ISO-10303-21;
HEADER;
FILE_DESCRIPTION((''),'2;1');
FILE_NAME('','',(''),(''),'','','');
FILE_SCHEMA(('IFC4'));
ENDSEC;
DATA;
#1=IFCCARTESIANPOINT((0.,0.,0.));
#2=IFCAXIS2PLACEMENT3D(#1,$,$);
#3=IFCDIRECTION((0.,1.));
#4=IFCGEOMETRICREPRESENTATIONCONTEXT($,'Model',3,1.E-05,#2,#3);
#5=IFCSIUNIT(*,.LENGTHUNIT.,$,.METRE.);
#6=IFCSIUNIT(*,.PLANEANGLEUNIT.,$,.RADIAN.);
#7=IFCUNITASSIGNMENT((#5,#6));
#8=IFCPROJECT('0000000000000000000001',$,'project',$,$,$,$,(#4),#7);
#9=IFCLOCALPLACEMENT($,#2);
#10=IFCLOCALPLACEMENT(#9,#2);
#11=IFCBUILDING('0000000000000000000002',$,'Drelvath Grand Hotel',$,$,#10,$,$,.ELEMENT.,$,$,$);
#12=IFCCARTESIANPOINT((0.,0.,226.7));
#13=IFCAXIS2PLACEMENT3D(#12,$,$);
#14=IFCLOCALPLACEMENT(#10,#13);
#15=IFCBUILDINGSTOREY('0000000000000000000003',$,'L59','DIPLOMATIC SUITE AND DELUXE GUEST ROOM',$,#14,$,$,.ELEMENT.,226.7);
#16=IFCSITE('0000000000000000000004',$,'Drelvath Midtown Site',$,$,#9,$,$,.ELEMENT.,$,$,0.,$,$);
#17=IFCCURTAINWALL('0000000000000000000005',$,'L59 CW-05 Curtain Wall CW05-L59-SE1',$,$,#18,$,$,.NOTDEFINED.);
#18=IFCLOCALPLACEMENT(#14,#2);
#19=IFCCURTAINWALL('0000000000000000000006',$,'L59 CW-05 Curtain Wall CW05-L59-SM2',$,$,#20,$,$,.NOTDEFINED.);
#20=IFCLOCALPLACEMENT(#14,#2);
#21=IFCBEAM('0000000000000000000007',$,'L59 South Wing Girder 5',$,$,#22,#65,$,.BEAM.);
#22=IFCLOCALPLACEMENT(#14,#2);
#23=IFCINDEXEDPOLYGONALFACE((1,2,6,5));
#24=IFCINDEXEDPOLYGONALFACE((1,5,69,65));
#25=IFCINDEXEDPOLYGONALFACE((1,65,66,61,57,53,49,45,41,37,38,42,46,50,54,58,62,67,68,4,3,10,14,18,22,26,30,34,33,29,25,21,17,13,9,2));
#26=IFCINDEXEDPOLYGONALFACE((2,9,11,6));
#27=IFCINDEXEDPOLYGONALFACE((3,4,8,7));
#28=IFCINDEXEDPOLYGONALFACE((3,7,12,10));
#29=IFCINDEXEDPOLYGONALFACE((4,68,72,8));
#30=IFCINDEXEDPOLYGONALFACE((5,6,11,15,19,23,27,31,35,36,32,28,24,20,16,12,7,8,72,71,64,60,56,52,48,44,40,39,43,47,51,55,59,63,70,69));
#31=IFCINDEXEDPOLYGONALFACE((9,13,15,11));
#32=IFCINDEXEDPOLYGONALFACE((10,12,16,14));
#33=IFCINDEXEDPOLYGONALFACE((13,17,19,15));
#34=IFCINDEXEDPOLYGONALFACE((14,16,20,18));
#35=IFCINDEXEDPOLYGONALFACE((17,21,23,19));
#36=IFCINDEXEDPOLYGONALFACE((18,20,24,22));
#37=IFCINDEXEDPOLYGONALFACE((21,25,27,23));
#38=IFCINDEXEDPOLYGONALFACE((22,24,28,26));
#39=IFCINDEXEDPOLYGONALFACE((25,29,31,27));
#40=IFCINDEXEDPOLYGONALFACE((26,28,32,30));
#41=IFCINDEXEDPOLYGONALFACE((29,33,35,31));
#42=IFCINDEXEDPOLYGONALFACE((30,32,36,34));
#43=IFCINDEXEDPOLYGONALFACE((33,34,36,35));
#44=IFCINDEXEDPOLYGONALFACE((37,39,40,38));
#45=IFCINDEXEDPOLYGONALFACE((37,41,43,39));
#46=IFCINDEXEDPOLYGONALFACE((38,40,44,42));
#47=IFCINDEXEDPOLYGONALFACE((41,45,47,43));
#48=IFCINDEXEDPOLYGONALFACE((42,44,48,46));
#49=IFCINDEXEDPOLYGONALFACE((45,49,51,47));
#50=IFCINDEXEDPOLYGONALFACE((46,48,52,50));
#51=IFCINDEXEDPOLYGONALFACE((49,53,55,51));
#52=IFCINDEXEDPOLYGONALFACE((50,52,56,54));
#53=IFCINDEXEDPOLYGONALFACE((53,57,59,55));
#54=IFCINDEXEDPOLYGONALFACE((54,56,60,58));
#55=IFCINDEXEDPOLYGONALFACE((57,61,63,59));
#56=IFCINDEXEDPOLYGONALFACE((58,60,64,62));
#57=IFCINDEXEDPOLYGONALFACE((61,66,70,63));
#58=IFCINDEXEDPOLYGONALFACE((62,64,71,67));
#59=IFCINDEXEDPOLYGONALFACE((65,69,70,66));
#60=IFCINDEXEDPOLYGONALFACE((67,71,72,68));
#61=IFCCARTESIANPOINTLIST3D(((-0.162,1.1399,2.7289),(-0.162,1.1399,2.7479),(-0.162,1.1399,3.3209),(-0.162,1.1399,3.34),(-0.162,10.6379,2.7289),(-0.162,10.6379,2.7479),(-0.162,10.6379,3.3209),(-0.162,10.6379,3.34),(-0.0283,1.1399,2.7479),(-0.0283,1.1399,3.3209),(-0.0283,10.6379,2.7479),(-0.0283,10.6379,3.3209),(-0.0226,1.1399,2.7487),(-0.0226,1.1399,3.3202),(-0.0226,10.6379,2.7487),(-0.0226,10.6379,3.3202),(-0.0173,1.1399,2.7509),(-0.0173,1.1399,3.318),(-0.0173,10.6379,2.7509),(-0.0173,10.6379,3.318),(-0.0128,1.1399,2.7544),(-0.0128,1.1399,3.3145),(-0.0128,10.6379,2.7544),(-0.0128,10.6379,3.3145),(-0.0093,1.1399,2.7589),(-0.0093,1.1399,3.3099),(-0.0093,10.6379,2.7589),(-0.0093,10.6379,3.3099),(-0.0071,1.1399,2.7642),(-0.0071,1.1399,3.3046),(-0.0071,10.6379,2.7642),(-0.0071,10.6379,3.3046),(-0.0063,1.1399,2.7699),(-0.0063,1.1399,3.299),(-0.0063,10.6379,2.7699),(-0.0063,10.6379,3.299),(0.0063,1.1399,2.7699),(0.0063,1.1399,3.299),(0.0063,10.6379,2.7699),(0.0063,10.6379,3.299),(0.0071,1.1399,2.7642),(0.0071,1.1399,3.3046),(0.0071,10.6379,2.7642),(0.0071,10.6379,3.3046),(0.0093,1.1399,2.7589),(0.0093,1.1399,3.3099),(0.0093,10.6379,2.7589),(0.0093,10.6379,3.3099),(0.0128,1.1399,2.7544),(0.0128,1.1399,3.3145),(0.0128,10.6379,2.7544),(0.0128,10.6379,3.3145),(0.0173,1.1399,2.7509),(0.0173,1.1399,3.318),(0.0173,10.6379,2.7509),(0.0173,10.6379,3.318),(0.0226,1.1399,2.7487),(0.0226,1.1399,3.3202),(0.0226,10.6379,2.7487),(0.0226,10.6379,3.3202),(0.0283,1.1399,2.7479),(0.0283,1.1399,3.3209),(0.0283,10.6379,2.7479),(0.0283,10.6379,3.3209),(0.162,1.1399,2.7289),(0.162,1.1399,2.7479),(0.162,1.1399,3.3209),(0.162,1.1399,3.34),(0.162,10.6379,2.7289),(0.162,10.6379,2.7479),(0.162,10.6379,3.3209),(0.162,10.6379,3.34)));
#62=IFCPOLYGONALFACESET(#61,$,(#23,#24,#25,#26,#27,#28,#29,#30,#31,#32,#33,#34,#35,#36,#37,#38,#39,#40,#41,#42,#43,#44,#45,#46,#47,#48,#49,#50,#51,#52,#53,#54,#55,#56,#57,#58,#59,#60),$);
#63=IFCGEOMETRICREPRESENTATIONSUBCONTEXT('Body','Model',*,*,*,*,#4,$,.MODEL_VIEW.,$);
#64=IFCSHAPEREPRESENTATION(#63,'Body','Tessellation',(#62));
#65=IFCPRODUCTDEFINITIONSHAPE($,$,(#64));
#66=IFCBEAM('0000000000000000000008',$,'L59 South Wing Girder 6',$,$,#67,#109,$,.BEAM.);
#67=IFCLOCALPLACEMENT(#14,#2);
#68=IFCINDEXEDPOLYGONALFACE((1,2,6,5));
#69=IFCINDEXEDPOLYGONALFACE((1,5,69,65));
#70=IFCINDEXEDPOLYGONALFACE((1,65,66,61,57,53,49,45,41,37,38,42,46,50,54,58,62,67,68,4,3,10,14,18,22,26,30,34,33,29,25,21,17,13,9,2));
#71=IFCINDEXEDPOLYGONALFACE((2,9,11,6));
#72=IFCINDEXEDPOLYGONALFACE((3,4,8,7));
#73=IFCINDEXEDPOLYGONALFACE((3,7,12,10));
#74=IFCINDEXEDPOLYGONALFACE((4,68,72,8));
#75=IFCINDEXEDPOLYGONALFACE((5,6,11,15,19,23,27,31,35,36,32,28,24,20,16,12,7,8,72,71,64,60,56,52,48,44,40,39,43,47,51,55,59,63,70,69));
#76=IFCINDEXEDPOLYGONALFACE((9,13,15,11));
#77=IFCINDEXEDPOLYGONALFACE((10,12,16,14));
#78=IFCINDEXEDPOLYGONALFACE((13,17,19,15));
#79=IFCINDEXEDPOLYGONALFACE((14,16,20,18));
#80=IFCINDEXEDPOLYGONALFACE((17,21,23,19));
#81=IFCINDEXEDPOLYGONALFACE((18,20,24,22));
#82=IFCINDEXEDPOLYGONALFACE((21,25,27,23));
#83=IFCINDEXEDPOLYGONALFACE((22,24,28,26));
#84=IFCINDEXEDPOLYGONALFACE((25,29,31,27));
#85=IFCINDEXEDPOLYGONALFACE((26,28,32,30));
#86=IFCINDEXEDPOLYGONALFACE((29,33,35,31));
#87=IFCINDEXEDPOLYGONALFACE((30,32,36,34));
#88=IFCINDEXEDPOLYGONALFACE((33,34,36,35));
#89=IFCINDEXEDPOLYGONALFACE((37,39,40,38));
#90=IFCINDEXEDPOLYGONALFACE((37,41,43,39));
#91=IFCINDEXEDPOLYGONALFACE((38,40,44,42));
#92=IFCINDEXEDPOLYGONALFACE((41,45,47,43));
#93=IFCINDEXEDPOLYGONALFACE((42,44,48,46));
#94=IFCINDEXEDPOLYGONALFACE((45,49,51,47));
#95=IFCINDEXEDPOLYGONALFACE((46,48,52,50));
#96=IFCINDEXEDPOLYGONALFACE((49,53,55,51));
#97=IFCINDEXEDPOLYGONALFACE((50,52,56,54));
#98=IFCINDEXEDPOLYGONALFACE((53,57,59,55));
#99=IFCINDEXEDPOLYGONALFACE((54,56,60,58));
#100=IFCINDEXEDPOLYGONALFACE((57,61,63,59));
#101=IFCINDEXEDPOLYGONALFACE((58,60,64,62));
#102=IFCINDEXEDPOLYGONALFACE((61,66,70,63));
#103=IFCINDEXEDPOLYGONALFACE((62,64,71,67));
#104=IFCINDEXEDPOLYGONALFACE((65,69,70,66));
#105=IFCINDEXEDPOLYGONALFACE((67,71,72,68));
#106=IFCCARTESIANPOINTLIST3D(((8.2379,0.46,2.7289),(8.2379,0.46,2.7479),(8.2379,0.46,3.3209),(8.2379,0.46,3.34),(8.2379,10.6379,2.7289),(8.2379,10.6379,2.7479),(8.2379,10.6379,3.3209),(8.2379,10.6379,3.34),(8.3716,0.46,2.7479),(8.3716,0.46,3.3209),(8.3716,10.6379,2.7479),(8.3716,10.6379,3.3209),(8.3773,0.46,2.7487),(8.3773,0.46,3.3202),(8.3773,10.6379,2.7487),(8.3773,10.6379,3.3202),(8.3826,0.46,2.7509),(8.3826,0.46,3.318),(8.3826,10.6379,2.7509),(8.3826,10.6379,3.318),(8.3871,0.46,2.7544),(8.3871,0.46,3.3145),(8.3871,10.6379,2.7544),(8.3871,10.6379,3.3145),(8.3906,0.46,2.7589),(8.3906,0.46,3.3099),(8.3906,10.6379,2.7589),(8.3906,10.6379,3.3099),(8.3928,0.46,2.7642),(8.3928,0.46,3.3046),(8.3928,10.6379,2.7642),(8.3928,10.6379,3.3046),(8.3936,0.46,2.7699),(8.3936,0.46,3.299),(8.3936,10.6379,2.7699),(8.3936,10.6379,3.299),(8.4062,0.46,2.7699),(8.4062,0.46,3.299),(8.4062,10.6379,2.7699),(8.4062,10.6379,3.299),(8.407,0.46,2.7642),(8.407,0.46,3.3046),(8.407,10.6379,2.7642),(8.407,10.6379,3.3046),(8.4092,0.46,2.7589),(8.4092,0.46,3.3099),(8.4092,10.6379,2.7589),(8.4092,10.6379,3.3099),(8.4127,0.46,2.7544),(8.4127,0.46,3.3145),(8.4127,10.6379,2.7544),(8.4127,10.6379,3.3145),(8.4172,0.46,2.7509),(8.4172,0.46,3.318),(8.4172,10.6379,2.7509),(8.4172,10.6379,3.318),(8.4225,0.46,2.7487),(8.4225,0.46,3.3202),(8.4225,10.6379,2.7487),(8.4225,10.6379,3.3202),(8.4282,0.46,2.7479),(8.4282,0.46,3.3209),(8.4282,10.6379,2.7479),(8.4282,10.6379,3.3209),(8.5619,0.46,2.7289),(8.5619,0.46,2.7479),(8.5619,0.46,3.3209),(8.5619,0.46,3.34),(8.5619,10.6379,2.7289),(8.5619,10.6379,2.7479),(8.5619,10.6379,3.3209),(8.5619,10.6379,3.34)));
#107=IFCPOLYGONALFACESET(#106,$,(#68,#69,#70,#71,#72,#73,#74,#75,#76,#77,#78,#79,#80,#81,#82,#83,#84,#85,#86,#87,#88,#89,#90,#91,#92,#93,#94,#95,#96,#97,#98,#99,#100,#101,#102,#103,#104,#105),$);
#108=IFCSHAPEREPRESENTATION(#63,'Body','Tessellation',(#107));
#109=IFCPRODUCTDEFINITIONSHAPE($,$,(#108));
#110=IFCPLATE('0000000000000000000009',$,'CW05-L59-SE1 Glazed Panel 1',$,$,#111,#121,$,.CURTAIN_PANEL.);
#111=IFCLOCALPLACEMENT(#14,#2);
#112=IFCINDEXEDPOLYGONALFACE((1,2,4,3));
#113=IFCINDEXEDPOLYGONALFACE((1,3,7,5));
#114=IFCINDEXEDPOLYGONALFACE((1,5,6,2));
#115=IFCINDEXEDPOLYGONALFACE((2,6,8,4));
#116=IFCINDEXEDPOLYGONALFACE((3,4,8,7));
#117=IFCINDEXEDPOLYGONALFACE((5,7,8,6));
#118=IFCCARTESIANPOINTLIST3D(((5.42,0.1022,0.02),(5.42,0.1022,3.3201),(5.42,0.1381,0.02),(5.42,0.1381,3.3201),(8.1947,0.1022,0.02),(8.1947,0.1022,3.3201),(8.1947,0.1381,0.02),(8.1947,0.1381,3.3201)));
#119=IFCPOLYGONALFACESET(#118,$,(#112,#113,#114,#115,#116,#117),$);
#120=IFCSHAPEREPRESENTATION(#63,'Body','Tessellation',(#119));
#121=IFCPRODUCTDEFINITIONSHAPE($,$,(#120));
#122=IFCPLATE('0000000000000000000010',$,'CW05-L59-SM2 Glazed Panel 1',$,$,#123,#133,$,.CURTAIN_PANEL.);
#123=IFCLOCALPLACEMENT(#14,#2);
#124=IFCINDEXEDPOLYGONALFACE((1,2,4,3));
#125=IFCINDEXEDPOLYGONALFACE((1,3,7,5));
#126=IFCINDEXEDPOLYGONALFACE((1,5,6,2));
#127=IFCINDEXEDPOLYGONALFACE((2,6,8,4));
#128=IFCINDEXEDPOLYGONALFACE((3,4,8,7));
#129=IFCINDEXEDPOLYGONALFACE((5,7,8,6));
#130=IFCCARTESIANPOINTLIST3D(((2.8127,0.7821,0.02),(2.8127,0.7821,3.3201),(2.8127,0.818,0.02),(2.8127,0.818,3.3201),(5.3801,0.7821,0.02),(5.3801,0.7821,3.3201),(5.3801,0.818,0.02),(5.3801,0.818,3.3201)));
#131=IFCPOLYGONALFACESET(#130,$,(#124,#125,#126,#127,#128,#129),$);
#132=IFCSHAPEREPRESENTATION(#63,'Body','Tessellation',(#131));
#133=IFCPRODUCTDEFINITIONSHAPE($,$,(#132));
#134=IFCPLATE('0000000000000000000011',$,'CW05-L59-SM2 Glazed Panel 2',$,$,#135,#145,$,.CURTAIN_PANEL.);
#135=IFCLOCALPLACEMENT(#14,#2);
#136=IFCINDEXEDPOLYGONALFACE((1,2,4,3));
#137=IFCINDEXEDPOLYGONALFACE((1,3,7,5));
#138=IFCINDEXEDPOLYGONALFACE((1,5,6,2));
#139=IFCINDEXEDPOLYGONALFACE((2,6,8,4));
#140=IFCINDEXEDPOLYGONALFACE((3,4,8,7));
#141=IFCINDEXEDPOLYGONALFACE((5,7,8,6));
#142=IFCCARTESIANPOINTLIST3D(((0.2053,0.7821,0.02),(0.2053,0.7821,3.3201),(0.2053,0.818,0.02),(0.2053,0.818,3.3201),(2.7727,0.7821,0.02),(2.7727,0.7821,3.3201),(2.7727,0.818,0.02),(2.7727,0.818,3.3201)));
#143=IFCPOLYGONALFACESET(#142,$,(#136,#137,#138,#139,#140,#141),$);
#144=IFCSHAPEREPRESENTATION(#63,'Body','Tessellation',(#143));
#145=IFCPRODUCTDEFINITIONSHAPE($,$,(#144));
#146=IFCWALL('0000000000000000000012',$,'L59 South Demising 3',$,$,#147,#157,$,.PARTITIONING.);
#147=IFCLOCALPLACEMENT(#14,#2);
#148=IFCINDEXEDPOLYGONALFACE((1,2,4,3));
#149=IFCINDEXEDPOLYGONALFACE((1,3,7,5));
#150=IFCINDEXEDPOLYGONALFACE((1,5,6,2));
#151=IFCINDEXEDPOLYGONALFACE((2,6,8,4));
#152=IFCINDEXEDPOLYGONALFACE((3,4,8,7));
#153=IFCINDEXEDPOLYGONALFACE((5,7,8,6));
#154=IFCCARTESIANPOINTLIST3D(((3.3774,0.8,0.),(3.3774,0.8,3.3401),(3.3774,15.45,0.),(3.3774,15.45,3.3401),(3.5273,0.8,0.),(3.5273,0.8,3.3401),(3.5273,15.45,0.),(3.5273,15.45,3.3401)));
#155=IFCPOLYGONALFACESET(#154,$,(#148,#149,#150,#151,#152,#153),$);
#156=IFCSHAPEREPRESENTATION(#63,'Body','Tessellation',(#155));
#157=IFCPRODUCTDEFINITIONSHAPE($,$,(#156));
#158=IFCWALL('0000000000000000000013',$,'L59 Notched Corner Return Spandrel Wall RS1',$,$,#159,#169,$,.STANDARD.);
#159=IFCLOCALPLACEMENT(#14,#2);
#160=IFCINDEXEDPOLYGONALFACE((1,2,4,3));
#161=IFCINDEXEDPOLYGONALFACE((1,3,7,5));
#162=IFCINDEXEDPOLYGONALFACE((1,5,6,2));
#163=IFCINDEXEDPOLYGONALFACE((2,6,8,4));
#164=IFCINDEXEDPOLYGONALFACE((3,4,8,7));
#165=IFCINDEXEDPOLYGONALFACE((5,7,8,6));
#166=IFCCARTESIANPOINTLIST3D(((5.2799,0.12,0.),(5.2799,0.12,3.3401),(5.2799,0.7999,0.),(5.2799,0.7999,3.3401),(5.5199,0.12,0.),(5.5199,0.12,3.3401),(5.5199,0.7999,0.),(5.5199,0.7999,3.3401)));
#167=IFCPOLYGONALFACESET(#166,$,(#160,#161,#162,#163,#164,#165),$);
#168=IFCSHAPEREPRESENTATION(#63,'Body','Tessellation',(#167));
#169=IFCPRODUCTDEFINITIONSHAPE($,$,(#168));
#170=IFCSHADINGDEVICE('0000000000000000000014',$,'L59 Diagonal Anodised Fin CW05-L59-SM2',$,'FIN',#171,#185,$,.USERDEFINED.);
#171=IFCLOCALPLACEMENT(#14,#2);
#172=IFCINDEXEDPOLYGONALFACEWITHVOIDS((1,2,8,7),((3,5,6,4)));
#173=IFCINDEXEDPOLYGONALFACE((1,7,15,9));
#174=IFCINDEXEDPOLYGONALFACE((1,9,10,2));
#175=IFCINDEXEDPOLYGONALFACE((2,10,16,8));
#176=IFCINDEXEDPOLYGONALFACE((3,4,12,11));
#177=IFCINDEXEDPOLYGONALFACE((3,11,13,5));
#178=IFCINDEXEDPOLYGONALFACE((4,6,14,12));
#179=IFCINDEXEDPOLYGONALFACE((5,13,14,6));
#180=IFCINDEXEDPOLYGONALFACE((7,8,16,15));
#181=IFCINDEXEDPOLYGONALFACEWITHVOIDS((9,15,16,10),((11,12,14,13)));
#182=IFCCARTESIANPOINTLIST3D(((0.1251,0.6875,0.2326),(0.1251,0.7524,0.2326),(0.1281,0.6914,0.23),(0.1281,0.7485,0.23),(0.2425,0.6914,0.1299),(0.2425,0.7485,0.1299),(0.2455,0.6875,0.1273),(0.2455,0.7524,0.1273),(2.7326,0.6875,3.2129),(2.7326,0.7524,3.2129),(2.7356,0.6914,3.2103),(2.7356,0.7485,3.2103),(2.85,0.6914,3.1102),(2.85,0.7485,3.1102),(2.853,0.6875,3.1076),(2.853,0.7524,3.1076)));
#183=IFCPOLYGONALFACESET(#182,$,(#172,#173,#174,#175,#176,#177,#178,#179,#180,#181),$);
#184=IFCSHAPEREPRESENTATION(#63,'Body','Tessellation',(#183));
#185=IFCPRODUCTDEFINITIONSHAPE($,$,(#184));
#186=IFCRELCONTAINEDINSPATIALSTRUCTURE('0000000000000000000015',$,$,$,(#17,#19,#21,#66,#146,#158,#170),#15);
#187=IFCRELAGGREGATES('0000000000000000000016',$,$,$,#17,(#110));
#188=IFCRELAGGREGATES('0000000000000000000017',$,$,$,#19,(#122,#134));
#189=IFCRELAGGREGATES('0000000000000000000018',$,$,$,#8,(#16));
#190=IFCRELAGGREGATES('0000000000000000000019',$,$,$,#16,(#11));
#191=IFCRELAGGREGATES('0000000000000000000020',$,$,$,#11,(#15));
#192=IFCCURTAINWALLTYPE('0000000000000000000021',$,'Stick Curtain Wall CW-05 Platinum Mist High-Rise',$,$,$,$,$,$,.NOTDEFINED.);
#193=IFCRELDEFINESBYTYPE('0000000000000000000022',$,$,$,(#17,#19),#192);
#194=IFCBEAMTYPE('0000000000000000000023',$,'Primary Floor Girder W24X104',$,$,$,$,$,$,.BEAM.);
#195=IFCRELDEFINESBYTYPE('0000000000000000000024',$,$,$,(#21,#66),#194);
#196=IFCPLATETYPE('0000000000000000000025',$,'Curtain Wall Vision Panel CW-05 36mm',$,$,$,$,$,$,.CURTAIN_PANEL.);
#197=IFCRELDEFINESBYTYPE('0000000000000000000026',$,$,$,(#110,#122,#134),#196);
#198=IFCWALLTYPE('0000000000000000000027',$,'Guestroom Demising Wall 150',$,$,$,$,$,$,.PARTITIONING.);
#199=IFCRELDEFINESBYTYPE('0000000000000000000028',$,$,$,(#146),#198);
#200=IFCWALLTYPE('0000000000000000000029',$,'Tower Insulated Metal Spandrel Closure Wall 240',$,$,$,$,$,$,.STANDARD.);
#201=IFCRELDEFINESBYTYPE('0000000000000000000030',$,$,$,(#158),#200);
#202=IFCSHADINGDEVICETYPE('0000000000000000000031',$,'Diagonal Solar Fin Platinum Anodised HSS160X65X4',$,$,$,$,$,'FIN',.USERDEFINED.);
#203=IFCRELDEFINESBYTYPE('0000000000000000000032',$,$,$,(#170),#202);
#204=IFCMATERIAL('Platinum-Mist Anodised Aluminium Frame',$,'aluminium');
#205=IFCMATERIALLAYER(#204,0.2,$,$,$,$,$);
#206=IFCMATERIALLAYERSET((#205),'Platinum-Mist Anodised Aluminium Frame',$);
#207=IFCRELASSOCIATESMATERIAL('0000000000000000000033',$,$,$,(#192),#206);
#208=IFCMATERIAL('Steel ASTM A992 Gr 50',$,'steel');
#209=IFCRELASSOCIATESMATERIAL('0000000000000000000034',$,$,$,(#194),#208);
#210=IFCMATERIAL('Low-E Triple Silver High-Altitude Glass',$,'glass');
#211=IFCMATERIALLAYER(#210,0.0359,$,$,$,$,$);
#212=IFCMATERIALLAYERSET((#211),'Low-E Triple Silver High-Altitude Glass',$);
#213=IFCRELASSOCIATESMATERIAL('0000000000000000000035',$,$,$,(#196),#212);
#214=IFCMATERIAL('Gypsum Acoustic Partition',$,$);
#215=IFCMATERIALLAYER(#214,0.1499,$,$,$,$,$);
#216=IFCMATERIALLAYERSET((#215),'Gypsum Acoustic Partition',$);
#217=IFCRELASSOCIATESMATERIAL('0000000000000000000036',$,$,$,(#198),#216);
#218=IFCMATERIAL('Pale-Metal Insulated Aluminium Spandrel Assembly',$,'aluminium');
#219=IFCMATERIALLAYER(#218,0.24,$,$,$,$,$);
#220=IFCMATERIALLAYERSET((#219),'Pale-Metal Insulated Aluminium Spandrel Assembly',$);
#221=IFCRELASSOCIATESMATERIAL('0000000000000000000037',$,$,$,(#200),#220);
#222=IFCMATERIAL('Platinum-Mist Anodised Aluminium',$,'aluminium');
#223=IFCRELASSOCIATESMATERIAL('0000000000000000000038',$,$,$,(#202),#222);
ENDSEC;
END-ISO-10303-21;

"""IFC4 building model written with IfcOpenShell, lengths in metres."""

from ifc_helpers import new_model, si_unit, direction, frame, frame_2d, origin, origin_2d, place, context, subcontext, project, spatial, rectangle, hollow_rectangle, i_section, extrude, material, layer, layer_set, material_profile, profile_set, type_object, element, aggregate, save


model = new_model("IFC4")

# Units and contexts
model_context = context("Model", 3, precision=1e-05, world=origin(), true_north=direction((0.0, 1.0)))
body_context = subcontext(model_context, "Body", "Model", "MODEL_VIEW")
ifc_project = project(units=[si_unit("LENGTHUNIT", "METRE"), si_unit("PLANEANGLEUNIT", "RADIAN")], contexts=[model_context])

# Site, building, storey
site_placement = place(None, origin())
site = spatial("IfcSite", under=ifc_project, at=site_placement, Name="Drelvath Midtown Site", CompositionType="ELEMENT", RefElevation=0.0)
building_placement = place(site_placement, origin())
building = spatial("IfcBuilding", under=site, at=building_placement, Name="Drelvath Grand Hotel", CompositionType="ELEMENT")
storey_placement = place(building_placement, frame((0.0, 0.0, 226.7)))
storey = spatial("IfcBuildingStorey", under=building, at=storey_placement, Name="L59", Description="DIPLOMATIC SUITE AND DELUXE GUEST ROOM", CompositionType="ELEMENT", Elevation=226.7)

# Curtain walls
ifc_material_1 = material(Name="Platinum-Mist Anodised Aluminium Frame", Category="aluminium")
ifc_layer_1 = layer(ifc_material_1, 0.2)
ifc_layer_set_1 = layer_set([ifc_layer_1], Name="Platinum-Mist Anodised Aluminium Frame")
curtain_wall_type = type_object("IfcCurtainWallType", Name="Stick Curtain Wall CW-05 Platinum Mist High-Rise", PredefinedType="NOTDEFINED", material=ifc_layer_set_1)
curtain_wall_1_placement = place(storey_placement, origin())
curtain_wall_1 = element("IfcCurtainWall", 1, at=curtain_wall_1_placement, inside=storey, type_object=curtain_wall_type, Name="L59 CW-05 Curtain Wall CW05-L59-SE1", PredefinedType="NOTDEFINED")
curtain_wall_2_placement = place(storey_placement, origin())
curtain_wall_2 = element("IfcCurtainWall", 2, at=curtain_wall_2_placement, inside=storey, type_object=curtain_wall_type, Name="L59 CW-05 Curtain Wall CW05-L59-SM2", PredefinedType="NOTDEFINED")

# Beams
ifc_material_2 = material(Name="Steel ASTM A992 Gr 50", Category="steel")
ifc_material_profile_1 = material_profile(ifc_material_2, i_section(OverallWidth=0.324, OverallDepth=0.6111, WebThickness=0.0127, FlangeThickness=0.019, FilletRadius=0.022, at=origin_2d()), Name="W24X104")
ifc_profile_set_1 = profile_set([ifc_material_profile_1], Name="Steel ASTM A992 Gr 50")
beam_type_1 = type_object("IfcBeamType", Name="Primary Floor Girder W24X104", PredefinedType="BEAM", material=ifc_profile_set_1)
beam_1_placement = place(storey_placement, frame((0.0, 1.1399, 3.0344), z_axis=(0.0, 1.0, 0.0), x_axis=(-1.0, 0.0, 0.0)))
element("IfcBeam", 3, at=beam_1_placement, inside=storey, type_object=beam_type_1, Name="L59 South Wing Girder 5", PredefinedType="BEAM", context=body_context, shape_type="SweptSolid", body=[
    extrude(i_section(OverallWidth=0.324, OverallDepth=0.6111, WebThickness=0.0127, FlangeThickness=0.019, FilletRadius=0.022, at=origin_2d()), origin(), (0.0, 0.0, 1.0), 9.498),
])
beam_2_placement = place(storey_placement, frame((8.3999, 0.46, 3.0344), z_axis=(0.0, 1.0, 0.0), x_axis=(-1.0, 0.0, 0.0)))
element("IfcBeam", 4, at=beam_2_placement, inside=storey, type_object=beam_type_1, Name="L59 South Wing Girder 6", PredefinedType="BEAM", context=body_context, shape_type="SweptSolid", body=[
    extrude(i_section(OverallWidth=0.324, OverallDepth=0.6111, WebThickness=0.0127, FlangeThickness=0.019, FilletRadius=0.022, at=origin_2d()), origin(), (0.0, 0.0, 1.0), 10.178),
])

# Plates
ifc_material_3 = material(Name="Low-E Triple Silver High-Altitude Glass", Category="glass")
ifc_layer_2 = layer(ifc_material_3, 0.0359)
ifc_layer_set_2 = layer_set([ifc_layer_2], Name="Low-E Triple Silver High-Altitude Glass")
plate_type = type_object("IfcPlateType", Name="Curtain Wall Vision Panel CW-05 36mm", PredefinedType="CURTAIN_PANEL", material=ifc_layer_set_2)
plate_1_placement = place(storey_placement, frame((6.8074, 0.1201, 0.02), z_axis=(0.0, 0.0, 1.0), x_axis=(-1.0, 0.0, 0.0)))
plate_1 = element("IfcPlate", 5, at=plate_1_placement, type_object=plate_type, Name="CW05-L59-SE1 Glazed Panel 1", PredefinedType="CURTAIN_PANEL", context=body_context, shape_type="SweptSolid", body=[
    extrude(rectangle(XDim=2.7747, YDim=0.0359, at=origin_2d()), origin(), (0.0, 0.0, 1.0), 3.3),
])
aggregate(curtain_wall_1, [plate_1])
plate_2_placement = place(storey_placement, frame((4.0964, 0.8, 0.02), z_axis=(0.0, 0.0, 1.0), x_axis=(-1.0, 0.0, 0.0)))
plate_2 = element("IfcPlate", 6, at=plate_2_placement, type_object=plate_type, Name="CW05-L59-SM2 Glazed Panel 1", PredefinedType="CURTAIN_PANEL", context=body_context, shape_type="SweptSolid", body=[
    extrude(rectangle(XDim=2.5674, YDim=0.0359, at=origin_2d()), origin(), (0.0, 0.0, 1.0), 3.3),
])
plate_3_placement = place(storey_placement, frame((1.489, 0.8, 0.02), z_axis=(0.0, 0.0, 1.0), x_axis=(-1.0, 0.0, 0.0)))
plate_3 = element("IfcPlate", 7, at=plate_3_placement, type_object=plate_type, Name="CW05-L59-SM2 Glazed Panel 2", PredefinedType="CURTAIN_PANEL", context=body_context, shape_type="SweptSolid", body=[
    extrude(rectangle(XDim=2.5674, YDim=0.0359, at=origin_2d()), origin(), (0.0, 0.0, 1.0), 3.3),
])
aggregate(curtain_wall_2, [plate_2, plate_3])

# Walls
ifc_material_4 = material(Name="Gypsum Acoustic Partition")
ifc_layer_3 = layer(ifc_material_4, 0.1499)
ifc_layer_set_3 = layer_set([ifc_layer_3], Name="Gypsum Acoustic Partition")
wall_type_1 = type_object("IfcWallType", Name="Guestroom Demising Wall 150", PredefinedType="PARTITIONING", material=ifc_layer_set_3)
wall_1_placement = place(storey_placement, frame((3.4524, 0.8, 0.0), z_axis=(0.0, 0.0, 1.0), x_axis=(0.0, 1.0, 0.0)))
element("IfcWall", 8, at=wall_1_placement, inside=storey, type_object=wall_type_1, Name="L59 South Demising 3", PredefinedType="PARTITIONING", context=body_context, shape_type="SweptSolid", body=[
    extrude(rectangle(XDim=14.6499, YDim=0.1499, at=frame_2d((7.325, 0.0))), origin(), (0.0, 0.0, 1.0), 3.3401),
])
ifc_material_5 = material(Name="Pale-Metal Insulated Aluminium Spandrel Assembly", Category="aluminium")
ifc_layer_4 = layer(ifc_material_5, 0.24)
ifc_layer_set_4 = layer_set([ifc_layer_4], Name="Pale-Metal Insulated Aluminium Spandrel Assembly")
wall_type_2 = type_object("IfcWallType", Name="Tower Insulated Metal Spandrel Closure Wall 240", PredefinedType="STANDARD", material=ifc_layer_set_4)
wall_2_placement = place(storey_placement, frame((5.3999, 0.1201, 0.0), z_axis=(0.0, 0.0, 1.0), x_axis=(0.0, 1.0, 0.0)))
element("IfcWall", 9, at=wall_2_placement, inside=storey, type_object=wall_type_2, Name="L59 Notched Corner Return Spandrel Wall RS1", PredefinedType="STANDARD", context=body_context, shape_type="SweptSolid", body=[
    extrude(rectangle(XDim=0.6799, YDim=0.24, at=frame_2d((0.3398, 0.0))), origin(), (0.0, 0.0, 1.0), 3.3401),
])

# Shading device
ifc_material_6 = material(Name="Platinum-Mist Anodised Aluminium", Category="aluminium")
ifc_material_profile_2 = material_profile(ifc_material_6, hollow_rectangle(XDim=0.0649, YDim=0.1599, WallThickness=0.0039, at=origin_2d()), Name="HSS160X65X4")
ifc_profile_set_2 = profile_set([ifc_material_profile_2], Name="Platinum-Mist Anodised Aluminium")
shading_device_type = type_object("IfcShadingDeviceType", Name="Diagonal Solar Fin Platinum Anodised HSS160X65X4", ElementType="FIN", PredefinedType="USERDEFINED", material=ifc_profile_set_2)
shading_device_placement = place(storey_placement, frame((0.1853, 0.72, 0.1799), z_axis=(0.658465, 0.0, 0.752611), x_axis=(0.0, 1.0, 0.0)))
element("IfcShadingDevice", 10, at=shading_device_placement, inside=storey, type_object=shading_device_type, Name="L59 Diagonal Anodised Fin CW05-L59-SM2", ObjectType="FIN", PredefinedType="USERDEFINED", context=body_context, shape_type="SweptSolid", body=[
    extrude(hollow_rectangle(XDim=0.0649, YDim=0.1599, WallThickness=0.0039, at=origin_2d()), origin(), (0.0, 0.0, 1.0), 3.96),
])

save(model, "model.ifc")
